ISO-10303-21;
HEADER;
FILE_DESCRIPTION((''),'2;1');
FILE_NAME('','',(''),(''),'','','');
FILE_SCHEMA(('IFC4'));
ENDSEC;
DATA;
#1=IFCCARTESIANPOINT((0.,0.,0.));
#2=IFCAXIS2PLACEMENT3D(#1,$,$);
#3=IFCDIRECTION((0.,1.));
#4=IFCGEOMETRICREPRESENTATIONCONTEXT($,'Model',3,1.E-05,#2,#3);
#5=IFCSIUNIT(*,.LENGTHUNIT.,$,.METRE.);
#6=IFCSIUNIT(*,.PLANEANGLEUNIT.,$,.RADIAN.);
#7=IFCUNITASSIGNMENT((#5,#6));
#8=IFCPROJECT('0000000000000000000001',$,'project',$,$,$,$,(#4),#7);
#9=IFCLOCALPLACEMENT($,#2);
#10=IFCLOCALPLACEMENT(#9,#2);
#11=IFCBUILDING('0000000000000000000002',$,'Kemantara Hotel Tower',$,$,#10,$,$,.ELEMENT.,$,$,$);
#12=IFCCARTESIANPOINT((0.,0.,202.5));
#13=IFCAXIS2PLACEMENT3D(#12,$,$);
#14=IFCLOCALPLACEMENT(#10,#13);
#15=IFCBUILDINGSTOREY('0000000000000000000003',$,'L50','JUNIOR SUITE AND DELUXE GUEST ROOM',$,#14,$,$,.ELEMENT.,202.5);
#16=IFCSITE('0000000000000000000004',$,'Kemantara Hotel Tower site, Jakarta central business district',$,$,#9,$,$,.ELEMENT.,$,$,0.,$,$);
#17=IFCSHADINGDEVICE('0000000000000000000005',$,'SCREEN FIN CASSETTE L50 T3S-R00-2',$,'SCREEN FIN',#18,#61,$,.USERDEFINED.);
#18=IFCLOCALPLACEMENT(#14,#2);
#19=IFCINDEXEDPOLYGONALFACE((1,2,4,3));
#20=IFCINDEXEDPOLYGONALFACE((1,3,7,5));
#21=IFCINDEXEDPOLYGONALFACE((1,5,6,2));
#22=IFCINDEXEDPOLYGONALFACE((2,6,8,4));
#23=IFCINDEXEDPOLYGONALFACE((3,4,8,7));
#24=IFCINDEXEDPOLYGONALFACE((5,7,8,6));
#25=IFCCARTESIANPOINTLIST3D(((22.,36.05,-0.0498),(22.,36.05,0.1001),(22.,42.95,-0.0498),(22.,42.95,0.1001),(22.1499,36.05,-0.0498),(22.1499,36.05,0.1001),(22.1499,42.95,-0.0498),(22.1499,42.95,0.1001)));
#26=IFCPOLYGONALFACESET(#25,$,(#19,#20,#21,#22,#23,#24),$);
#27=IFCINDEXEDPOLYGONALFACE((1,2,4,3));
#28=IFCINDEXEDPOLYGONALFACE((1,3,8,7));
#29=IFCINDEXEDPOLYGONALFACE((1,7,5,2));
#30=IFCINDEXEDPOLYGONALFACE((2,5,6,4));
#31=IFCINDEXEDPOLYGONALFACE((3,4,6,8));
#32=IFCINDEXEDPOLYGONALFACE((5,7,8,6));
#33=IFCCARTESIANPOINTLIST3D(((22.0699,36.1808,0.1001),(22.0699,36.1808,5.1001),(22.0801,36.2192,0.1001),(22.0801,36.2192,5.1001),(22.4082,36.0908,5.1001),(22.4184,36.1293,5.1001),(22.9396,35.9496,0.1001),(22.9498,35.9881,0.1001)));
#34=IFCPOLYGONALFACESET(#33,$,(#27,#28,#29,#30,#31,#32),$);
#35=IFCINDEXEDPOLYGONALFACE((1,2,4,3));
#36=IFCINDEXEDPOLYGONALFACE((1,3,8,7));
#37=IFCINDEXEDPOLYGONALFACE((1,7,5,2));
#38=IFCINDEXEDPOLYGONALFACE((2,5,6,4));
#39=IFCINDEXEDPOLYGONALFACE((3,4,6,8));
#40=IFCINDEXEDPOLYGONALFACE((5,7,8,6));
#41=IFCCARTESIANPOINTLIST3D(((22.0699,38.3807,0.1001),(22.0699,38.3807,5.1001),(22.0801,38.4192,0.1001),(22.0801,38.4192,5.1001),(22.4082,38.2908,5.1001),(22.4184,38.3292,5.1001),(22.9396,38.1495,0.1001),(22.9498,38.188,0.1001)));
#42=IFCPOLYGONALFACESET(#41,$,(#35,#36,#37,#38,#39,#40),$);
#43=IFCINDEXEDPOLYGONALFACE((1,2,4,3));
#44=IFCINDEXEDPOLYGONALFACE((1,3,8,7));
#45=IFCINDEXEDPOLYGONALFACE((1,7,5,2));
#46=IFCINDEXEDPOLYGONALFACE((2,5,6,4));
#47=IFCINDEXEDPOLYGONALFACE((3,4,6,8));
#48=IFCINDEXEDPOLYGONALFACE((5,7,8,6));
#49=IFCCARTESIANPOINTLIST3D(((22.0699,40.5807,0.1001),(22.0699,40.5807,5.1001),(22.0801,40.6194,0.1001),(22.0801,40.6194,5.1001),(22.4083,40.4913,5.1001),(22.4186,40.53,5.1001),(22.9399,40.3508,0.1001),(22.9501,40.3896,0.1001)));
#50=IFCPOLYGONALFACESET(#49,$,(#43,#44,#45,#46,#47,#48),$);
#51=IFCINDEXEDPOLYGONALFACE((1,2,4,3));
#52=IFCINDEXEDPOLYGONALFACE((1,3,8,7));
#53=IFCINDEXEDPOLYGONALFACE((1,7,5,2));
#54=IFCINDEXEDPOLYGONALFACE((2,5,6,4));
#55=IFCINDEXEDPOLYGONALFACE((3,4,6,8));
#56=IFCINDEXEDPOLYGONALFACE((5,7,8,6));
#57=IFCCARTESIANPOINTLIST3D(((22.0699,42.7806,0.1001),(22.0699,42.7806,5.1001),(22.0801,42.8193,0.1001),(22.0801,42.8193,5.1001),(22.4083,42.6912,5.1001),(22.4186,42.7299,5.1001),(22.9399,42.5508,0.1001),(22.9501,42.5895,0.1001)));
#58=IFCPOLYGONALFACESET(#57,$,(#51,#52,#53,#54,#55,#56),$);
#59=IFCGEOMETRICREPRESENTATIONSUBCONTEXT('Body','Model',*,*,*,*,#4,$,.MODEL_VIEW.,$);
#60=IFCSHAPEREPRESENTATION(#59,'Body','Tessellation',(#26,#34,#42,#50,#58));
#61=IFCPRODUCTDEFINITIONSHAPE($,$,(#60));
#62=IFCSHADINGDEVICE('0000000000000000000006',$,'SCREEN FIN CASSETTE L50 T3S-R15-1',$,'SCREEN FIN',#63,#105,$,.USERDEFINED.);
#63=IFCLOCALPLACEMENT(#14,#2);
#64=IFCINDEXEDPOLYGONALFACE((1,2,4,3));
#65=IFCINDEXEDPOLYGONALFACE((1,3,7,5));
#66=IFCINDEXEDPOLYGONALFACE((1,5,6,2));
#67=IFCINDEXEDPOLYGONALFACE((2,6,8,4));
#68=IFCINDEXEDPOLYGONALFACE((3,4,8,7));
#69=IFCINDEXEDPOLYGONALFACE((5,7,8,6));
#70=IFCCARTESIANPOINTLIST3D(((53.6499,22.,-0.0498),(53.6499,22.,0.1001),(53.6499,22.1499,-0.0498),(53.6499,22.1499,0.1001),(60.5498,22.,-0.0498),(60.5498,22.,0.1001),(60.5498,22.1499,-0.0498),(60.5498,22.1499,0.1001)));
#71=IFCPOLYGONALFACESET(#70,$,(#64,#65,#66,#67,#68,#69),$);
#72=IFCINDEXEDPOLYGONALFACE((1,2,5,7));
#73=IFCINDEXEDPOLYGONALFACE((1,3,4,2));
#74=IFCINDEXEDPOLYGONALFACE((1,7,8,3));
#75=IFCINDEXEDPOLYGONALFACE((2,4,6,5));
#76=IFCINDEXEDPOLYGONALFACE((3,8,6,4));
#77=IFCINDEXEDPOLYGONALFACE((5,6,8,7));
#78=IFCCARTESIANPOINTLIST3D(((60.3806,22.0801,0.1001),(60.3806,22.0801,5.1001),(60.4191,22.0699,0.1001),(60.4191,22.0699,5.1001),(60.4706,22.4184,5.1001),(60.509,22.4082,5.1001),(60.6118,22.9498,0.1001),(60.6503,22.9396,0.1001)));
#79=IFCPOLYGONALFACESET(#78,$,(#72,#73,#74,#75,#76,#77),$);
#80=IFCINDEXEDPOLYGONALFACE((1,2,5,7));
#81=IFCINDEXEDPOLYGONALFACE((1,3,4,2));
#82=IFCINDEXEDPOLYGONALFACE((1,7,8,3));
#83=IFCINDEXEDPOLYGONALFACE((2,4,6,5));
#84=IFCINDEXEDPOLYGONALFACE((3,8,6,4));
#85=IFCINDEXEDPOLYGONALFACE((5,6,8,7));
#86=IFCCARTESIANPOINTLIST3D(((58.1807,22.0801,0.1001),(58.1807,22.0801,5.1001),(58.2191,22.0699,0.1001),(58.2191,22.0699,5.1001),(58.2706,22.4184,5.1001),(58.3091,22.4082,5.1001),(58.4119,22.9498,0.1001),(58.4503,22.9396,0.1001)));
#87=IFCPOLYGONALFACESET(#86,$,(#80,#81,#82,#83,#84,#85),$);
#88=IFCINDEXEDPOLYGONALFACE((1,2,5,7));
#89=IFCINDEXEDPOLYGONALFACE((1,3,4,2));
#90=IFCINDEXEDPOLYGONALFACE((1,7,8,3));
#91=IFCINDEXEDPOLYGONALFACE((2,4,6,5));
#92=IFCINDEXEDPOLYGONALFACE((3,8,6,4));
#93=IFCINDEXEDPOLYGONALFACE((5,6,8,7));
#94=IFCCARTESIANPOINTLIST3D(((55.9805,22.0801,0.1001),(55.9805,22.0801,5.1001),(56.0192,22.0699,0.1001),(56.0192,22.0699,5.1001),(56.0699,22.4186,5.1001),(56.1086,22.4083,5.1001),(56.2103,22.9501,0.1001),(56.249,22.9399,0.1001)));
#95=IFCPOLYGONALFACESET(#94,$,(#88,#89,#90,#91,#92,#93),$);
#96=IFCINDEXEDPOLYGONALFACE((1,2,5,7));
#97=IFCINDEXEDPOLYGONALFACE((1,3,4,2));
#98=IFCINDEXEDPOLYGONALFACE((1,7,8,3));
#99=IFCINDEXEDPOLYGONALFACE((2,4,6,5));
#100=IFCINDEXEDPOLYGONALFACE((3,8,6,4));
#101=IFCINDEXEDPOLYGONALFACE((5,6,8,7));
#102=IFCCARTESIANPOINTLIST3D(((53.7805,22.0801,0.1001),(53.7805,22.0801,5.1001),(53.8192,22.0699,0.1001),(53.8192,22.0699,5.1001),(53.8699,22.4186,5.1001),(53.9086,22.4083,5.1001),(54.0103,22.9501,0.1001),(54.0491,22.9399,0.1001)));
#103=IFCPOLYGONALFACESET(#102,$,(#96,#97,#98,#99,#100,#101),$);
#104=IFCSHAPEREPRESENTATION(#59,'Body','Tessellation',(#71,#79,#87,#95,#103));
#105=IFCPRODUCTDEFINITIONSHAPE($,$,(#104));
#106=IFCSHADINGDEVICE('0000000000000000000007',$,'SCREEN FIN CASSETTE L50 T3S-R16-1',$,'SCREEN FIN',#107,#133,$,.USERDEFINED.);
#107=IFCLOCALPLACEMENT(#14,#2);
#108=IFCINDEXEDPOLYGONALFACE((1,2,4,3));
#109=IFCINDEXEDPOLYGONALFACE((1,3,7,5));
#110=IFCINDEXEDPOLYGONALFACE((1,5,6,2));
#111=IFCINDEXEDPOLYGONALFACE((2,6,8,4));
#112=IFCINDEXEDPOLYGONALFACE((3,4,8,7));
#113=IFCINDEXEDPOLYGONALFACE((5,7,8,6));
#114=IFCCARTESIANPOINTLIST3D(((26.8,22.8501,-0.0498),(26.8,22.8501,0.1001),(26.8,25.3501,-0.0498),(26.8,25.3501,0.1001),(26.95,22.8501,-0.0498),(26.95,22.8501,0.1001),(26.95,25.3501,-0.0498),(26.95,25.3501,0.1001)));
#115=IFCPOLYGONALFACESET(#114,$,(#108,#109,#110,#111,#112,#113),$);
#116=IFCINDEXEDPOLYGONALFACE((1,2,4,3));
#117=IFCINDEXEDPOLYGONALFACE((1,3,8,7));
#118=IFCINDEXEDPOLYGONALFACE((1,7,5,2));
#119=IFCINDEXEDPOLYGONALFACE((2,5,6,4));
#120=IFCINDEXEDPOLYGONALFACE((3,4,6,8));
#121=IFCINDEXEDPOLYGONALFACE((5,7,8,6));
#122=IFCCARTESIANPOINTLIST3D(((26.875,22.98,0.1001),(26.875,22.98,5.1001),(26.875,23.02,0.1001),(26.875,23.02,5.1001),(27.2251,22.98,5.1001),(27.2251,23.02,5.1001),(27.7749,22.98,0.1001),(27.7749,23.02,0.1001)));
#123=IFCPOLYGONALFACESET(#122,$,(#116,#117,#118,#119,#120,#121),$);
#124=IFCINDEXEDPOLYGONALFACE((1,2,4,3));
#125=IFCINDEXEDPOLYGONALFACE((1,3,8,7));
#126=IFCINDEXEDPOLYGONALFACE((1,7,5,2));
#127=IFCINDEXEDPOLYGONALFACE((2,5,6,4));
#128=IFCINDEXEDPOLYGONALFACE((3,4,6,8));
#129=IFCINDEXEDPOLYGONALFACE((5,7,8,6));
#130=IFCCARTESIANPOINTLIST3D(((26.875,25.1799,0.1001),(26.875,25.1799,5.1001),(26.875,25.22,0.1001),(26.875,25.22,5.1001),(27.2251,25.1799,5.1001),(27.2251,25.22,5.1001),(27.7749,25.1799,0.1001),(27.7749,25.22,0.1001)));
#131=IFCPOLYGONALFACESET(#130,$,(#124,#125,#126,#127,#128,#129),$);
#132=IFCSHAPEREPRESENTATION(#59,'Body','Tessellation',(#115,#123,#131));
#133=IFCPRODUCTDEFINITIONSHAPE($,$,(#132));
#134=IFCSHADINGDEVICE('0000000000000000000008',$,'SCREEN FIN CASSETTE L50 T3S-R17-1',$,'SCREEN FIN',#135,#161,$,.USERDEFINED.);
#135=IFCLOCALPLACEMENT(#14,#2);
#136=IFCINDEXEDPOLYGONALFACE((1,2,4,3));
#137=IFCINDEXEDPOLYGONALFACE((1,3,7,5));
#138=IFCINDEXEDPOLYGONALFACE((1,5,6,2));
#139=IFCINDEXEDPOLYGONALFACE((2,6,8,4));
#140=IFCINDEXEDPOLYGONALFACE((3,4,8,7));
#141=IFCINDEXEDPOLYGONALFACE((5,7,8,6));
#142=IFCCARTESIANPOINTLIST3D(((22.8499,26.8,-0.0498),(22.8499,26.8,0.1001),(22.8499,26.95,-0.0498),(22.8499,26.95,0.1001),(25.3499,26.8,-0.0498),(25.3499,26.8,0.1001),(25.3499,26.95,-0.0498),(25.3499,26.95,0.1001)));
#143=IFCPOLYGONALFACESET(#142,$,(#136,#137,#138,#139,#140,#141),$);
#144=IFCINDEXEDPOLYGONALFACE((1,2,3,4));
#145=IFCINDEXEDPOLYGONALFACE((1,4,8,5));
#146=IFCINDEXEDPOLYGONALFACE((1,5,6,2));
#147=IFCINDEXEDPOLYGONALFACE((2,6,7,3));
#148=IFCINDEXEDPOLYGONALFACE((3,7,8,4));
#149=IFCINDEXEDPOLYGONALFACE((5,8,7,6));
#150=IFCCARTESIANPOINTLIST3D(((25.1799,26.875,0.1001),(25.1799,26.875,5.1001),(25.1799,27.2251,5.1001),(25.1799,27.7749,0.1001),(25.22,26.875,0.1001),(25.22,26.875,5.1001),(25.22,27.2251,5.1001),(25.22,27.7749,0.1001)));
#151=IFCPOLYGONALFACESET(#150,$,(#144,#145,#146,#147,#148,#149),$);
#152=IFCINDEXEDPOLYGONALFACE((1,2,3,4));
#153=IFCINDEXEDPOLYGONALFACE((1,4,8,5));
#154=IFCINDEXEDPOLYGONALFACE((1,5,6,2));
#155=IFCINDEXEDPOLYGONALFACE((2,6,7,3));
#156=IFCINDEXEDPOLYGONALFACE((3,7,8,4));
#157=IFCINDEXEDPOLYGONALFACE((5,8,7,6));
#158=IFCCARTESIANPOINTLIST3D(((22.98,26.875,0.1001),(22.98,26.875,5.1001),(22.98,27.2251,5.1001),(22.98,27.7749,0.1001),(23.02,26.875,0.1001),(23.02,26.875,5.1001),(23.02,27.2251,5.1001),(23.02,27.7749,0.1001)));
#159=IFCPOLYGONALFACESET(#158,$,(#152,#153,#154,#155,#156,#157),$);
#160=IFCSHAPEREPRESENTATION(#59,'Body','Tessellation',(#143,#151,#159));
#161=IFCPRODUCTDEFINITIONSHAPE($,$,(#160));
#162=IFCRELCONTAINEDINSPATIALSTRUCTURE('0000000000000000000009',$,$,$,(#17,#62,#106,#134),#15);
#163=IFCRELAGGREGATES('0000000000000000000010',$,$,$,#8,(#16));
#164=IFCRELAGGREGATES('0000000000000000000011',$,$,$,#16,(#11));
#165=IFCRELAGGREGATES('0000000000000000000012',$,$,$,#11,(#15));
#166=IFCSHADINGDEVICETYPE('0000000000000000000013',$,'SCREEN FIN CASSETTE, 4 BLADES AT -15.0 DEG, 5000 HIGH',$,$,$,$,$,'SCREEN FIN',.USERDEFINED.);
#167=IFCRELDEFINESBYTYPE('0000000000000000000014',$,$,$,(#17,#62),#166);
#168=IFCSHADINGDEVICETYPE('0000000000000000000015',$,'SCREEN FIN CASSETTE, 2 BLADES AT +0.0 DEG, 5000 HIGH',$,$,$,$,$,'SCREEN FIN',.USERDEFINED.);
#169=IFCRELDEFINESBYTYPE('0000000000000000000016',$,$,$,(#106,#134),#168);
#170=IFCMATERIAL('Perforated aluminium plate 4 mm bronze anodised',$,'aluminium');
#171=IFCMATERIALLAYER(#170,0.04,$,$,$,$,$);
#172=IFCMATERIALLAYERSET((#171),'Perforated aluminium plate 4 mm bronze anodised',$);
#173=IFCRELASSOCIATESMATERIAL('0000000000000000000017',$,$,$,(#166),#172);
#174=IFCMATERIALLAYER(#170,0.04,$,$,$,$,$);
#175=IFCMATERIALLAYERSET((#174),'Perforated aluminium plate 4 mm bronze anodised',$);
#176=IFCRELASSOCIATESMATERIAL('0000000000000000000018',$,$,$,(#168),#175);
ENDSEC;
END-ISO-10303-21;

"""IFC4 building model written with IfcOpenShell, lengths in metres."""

from ifc_helpers import new_model, si_unit, direction, frame, origin, origin_2d, place, context, subcontext, project, spatial, polyline, rectangle, outline, extrude, source, transform, mapped, material, layer, layer_set, type_object, element, save


model = new_model("IFC4")

# Units and contexts
model_context = context("Model", 3, precision=1e-05, world=origin(), true_north=direction((0.0, 1.0)))
body_context = subcontext(model_context, "Body", "Model", "MODEL_VIEW")
ifc_project = project(units=[si_unit("LENGTHUNIT", "METRE"), si_unit("PLANEANGLEUNIT", "RADIAN")], contexts=[model_context])

# Site, building, storey
site_placement = place(None, origin())
site = spatial("IfcSite", under=ifc_project, at=site_placement, Name="Kemantara Hotel Tower site, Jakarta central business district", CompositionType="ELEMENT", RefElevation=0.0)
building_placement = place(site_placement, origin())
building = spatial("IfcBuilding", under=site, at=building_placement, Name="Kemantara Hotel Tower", CompositionType="ELEMENT")
storey_placement = place(building_placement, frame((0.0, 0.0, 202.5)))
storey = spatial("IfcBuildingStorey", under=building, at=storey_placement, Name="L50", Description="JUNIOR SUITE AND DELUXE GUEST ROOM", CompositionType="ELEMENT", Elevation=202.5)

# Shading devices
ifc_material_1 = material(Name="Perforated aluminium plate 4 mm bronze anodised", Category="aluminium")
ifc_layer_1 = layer(ifc_material_1, 0.04)
ifc_layer_set_1 = layer_set([ifc_layer_1], Name="Perforated aluminium plate 4 mm bronze anodised")
shading_device_type_1 = type_object("IfcShadingDeviceType", Name="SCREEN FIN CASSETTE, 4 BLADES AT -15.0 DEG, 5000 HIGH", ElementType="SCREEN FIN", PredefinedType="USERDEFINED", material=ifc_layer_set_1)
shared_shape_1 = source(origin(), body_context, "Body", "SweptSolid", [
    extrude(rectangle(XDim=6.8999, YDim=0.1499, at=origin_2d()), frame((3.3, -0.075, -0.1499), z_axis=(0.0, 0.0, 1.0), x_axis=(1.0, 0.0, 0.0)), (0.0, 0.0, 1.0), 0.1499),
    extrude(outline(polyline([(0.0, 0.0), (0.8999, 0.0), (0.3501, 5.0), (0.0, 5.0), (0.0, 0.0)])), frame((0.0193, -0.0801, 0.0), z_axis=(-0.966438, 0.256901, 0.0), x_axis=(-0.256901, -0.966438, 0.0)), (0.0, 0.0, 1.0), 0.0398),
    extrude(outline(polyline([(0.0, 0.0), (0.8999, 0.0), (0.3501, 5.0), (0.0, 5.0), (0.0, 0.0)])), frame((2.2192, -0.0801, 0.0), z_axis=(-0.966438, 0.256901, 0.0), x_axis=(-0.256901, -0.966438, 0.0)), (0.0, 0.0, 1.0), 0.0398),
    extrude(outline(polyline([(0.0, 0.0), (0.8999, 0.0), (0.3501, 5.0), (0.0, 5.0), (0.0, 0.0)])), frame((4.4194, -0.0801, 0.0), z_axis=(-0.966838, 0.255391, 0.0), x_axis=(-0.255391, -0.966838, 0.0)), (0.0, 0.0, 1.0), 0.04),
    extrude(outline(polyline([(0.0, 0.0), (0.8999, 0.0), (0.3501, 5.0), (0.0, 5.0), (0.0, 0.0)])), frame((6.6194, -0.0801, 0.0), z_axis=(-0.966838, 0.255391, 0.0), x_axis=(-0.255391, -0.966838, 0.0)), (0.0, 0.0, 1.0), 0.04),
])
for number, where, z_axis, x_axis, name in (
    (1, (22.0, 36.2, 0.1001), (0.0, 0.0, 1.0), (0.0, 1.0, 0.0), "SCREEN FIN CASSETTE L50 T3S-R00-2"),
    (2, (60.3999, 22.0, 0.1001), (0.0, 0.0, 1.0), (-1.0, 0.0, 0.0), "SCREEN FIN CASSETTE L50 T3S-R15-1"),
):
    element("IfcShadingDevice", number, at=place(storey_placement, frame(where, z_axis=z_axis, x_axis=x_axis)), inside=storey, type_object=shading_device_type_1, Name=name, ObjectType="SCREEN FIN", PredefinedType="USERDEFINED", context=body_context, shape_type="MappedRepresentation", body=[
        mapped(shared_shape_1, transform((0.0, 0.0, 0.0))),
    ])
ifc_layer_2 = layer(ifc_material_1, 0.04)
ifc_layer_set_2 = layer_set([ifc_layer_2], Name="Perforated aluminium plate 4 mm bronze anodised")
shading_device_type_2 = type_object("IfcShadingDeviceType", Name="SCREEN FIN CASSETTE, 2 BLADES AT +0.0 DEG, 5000 HIGH", ElementType="SCREEN FIN", PredefinedType="USERDEFINED", material=ifc_layer_set_2)
shared_shape_2 = source(origin(), body_context, "Body", "SweptSolid", [
    extrude(rectangle(XDim=2.5, YDim=0.1499, at=origin_2d()), frame((1.1001, -0.075, -0.1499), z_axis=(0.0, 0.0, 1.0), x_axis=(1.0, 0.0, 0.0)), (0.0, 0.0, 1.0), 0.1499),
    extrude(outline(polyline([(0.0, 0.0), (0.8999, 0.0), (0.3501, 5.0), (0.0, 5.0), (0.0, 0.0)])), frame((0.02, -0.075, 0.0), z_axis=(-1.0, 0.0, 0.0), x_axis=(0.0, -1.0, 0.0)), (0.0, 0.0, 1.0), 0.04),
    extrude(outline(polyline([(0.0, 0.0), (0.8999, 0.0), (0.3501, 5.0), (0.0, 5.0), (0.0, 0.0)])), frame((2.22, -0.075, 0.0), z_axis=(-1.0, 0.0, 0.0), x_axis=(0.0, -1.0, 0.0)), (0.0, 0.0, 1.0), 0.04),
])
for number, where, z_axis, x_axis, name in (
    (3, (26.8, 23.0, 0.1001), (0.0, 0.0, 1.0), (0.0, 1.0, 0.0), "SCREEN FIN CASSETTE L50 T3S-R16-1"),
    (4, (25.2, 26.8, 0.1001), (0.0, 0.0, 1.0), (-1.0, 0.0, 0.0), "SCREEN FIN CASSETTE L50 T3S-R17-1"),
):
    element("IfcShadingDevice", number, at=place(storey_placement, frame(where, z_axis=z_axis, x_axis=x_axis)), inside=storey, type_object=shading_device_type_2, Name=name, ObjectType="SCREEN FIN", PredefinedType="USERDEFINED", context=body_context, shape_type="MappedRepresentation", body=[
        mapped(shared_shape_2, transform((0.0, 0.0, 0.0))),
    ])

save(model, "model.ifc")
